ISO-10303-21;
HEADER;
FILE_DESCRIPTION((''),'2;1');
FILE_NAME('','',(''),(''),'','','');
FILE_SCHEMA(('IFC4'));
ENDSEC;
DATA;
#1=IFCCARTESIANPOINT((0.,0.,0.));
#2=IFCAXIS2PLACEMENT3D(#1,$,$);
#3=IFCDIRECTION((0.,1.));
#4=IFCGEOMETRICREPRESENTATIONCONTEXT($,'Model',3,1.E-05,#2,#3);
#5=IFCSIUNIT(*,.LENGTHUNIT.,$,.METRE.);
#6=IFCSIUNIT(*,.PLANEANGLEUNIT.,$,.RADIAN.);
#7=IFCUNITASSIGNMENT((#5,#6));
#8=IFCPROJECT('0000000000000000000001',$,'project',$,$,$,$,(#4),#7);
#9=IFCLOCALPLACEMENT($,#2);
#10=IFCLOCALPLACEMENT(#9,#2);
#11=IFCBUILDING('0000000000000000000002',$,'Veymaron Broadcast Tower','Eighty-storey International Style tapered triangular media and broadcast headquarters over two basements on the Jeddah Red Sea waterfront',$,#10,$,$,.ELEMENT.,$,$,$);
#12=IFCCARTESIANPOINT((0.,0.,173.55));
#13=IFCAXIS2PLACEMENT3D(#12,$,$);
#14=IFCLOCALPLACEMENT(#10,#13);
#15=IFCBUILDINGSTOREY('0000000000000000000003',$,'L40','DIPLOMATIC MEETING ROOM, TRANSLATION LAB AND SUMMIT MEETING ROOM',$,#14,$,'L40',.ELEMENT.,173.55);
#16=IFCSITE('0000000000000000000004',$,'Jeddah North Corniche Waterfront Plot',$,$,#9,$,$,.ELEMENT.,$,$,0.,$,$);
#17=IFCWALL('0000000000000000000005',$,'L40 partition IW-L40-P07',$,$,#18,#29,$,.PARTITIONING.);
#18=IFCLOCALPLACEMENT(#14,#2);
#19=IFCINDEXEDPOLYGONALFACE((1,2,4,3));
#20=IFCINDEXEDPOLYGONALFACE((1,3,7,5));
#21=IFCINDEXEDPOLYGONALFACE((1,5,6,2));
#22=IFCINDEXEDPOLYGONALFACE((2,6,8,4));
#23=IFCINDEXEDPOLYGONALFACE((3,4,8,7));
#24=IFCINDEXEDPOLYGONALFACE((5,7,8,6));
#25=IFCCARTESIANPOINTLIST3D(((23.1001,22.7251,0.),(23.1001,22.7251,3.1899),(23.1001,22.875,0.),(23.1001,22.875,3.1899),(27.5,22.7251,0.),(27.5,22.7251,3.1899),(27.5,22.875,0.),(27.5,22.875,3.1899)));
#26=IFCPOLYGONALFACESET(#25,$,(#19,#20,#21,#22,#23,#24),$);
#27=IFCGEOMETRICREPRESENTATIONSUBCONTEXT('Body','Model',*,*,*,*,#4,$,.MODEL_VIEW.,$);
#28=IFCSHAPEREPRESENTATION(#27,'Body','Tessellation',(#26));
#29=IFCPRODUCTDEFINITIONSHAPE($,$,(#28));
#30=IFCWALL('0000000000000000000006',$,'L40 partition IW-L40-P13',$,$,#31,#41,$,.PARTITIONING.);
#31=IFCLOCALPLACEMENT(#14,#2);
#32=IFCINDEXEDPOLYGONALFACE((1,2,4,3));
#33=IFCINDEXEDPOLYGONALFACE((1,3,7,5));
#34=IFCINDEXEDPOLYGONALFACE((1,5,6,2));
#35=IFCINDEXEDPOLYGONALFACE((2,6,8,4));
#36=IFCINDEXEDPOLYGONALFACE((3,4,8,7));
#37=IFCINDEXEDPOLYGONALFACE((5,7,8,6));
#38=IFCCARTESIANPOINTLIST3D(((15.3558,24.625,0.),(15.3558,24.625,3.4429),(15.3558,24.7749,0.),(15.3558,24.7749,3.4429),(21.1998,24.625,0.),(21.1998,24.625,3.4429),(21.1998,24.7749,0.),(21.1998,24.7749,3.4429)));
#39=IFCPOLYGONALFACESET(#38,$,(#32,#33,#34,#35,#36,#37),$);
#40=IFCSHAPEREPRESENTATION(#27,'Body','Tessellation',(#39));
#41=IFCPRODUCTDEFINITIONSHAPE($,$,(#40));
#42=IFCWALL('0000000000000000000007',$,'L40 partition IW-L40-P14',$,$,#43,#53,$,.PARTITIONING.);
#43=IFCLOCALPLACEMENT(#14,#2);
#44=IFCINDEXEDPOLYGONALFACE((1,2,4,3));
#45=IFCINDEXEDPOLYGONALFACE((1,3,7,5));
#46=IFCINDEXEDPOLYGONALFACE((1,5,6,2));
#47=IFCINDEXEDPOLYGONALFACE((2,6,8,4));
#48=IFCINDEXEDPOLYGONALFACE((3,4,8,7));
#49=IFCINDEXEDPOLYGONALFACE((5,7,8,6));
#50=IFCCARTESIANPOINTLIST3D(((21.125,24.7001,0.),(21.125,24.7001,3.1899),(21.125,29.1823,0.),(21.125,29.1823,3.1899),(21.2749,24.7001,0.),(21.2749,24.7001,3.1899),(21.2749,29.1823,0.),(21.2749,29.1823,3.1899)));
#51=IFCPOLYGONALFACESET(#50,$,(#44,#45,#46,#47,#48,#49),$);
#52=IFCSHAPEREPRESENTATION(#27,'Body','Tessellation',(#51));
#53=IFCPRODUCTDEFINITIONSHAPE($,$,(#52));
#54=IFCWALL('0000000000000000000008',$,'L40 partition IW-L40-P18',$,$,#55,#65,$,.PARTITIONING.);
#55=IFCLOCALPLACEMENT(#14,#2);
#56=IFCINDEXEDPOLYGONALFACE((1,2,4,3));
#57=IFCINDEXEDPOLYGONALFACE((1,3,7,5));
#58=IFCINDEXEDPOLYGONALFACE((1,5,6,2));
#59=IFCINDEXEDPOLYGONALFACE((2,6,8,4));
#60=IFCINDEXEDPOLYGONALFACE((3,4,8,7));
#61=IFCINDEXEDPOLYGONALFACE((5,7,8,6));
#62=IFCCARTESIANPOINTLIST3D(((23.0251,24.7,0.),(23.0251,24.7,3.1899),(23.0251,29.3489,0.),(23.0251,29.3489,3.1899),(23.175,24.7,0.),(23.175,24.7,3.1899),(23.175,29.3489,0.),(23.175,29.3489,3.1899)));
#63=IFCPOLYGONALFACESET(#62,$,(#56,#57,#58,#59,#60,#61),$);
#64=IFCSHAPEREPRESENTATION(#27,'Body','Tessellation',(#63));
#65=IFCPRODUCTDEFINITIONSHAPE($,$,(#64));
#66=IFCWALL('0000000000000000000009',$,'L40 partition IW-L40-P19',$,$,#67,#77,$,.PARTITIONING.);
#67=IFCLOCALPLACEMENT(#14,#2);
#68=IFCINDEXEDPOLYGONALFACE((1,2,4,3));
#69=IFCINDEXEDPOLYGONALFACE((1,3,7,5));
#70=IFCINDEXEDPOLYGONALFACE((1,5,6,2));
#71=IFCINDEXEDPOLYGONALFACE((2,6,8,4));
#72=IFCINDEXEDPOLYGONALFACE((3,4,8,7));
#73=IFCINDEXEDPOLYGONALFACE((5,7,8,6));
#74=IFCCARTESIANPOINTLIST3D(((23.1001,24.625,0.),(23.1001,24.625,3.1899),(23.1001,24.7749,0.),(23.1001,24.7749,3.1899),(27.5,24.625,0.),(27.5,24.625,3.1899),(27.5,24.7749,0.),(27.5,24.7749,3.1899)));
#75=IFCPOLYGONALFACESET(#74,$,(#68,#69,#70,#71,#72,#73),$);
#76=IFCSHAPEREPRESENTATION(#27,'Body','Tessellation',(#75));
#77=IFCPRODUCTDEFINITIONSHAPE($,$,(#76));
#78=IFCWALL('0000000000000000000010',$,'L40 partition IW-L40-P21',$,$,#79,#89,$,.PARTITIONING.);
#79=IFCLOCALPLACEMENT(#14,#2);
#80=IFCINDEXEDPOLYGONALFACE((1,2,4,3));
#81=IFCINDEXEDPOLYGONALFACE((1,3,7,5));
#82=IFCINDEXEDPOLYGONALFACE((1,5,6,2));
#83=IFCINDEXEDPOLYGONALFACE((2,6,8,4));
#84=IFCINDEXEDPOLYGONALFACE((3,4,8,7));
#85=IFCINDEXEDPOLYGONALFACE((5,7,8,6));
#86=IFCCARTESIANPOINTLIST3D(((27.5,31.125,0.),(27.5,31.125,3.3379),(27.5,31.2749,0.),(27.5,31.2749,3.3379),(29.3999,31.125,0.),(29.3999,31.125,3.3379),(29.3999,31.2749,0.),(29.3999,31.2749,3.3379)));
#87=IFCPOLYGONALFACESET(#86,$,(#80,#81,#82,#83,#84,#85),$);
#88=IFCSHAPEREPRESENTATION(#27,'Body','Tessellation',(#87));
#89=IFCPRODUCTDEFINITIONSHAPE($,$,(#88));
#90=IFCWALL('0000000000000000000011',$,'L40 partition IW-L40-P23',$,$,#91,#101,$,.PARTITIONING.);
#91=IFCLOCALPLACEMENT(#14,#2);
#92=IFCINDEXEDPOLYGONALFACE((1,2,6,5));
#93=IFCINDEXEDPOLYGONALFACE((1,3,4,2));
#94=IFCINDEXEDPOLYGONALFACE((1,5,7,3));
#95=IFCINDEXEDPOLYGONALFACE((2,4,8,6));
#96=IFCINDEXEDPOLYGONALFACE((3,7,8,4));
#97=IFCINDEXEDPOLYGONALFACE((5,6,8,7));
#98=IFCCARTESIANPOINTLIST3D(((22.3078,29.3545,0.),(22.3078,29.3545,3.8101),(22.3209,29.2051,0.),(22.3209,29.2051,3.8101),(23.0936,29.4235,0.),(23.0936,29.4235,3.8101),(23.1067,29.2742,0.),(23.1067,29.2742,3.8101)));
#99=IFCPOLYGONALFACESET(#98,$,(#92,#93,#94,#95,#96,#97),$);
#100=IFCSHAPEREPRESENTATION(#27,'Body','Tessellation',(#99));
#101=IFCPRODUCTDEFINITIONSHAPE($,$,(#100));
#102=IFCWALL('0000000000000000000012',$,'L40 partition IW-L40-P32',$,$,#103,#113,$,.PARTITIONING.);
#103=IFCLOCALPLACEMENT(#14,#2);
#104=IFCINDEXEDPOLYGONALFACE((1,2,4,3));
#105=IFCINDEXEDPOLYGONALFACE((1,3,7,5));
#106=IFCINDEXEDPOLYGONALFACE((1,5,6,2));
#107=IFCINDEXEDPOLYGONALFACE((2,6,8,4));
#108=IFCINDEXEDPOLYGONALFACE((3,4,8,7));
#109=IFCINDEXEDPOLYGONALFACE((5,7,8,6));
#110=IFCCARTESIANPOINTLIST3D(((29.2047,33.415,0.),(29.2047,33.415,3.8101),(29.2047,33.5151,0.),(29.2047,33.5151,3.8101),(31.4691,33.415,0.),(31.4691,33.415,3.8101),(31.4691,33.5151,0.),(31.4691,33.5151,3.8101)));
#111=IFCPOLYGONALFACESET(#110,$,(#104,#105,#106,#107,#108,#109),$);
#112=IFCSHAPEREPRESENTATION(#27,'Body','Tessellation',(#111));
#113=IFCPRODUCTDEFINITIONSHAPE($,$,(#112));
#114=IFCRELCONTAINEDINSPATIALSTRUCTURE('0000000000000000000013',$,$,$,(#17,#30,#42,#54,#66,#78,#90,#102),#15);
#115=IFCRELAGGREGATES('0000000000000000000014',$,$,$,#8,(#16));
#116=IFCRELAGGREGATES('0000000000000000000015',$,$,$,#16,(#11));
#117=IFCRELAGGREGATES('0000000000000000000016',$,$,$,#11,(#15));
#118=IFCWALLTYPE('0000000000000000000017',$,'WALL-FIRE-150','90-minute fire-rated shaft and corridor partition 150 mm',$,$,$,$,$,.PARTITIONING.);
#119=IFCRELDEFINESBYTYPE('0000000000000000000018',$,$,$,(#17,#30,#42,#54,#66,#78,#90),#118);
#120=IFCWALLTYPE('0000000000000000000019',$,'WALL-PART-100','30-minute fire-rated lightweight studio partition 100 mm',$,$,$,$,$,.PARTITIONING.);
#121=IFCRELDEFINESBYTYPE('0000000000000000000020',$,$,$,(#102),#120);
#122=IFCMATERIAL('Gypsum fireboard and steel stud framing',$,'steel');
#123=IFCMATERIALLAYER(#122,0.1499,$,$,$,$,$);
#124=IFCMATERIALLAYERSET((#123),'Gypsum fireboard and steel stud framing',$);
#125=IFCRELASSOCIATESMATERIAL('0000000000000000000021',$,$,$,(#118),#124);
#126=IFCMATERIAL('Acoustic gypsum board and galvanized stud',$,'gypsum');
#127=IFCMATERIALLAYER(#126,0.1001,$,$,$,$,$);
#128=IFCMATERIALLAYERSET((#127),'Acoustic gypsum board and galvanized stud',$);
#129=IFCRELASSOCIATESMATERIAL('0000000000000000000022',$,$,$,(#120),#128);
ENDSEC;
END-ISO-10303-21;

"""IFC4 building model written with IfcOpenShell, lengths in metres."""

from ifc_helpers import new_model, si_unit, direction, frame, frame_2d, origin, place, context, subcontext, project, spatial, rectangle, extrude, material, layer, layer_set, type_object, element, save


model = new_model("IFC4")

# Units and contexts
model_context = context("Model", 3, precision=1e-05, world=origin(), true_north=direction((0.0, 1.0)))
body_context = subcontext(model_context, "Body", "Model", "MODEL_VIEW")
ifc_project = project(units=[si_unit("LENGTHUNIT", "METRE"), si_unit("PLANEANGLEUNIT", "RADIAN")], contexts=[model_context])

# Site, building, storey
site_placement = place(None, origin())
site = spatial("IfcSite", under=ifc_project, at=site_placement, Name="Jeddah North Corniche Waterfront Plot", CompositionType="ELEMENT", RefElevation=0.0)
building_placement = place(site_placement, origin())
building = spatial("IfcBuilding", under=site, at=building_placement, Name="Veymaron Broadcast Tower", Description="Eighty-storey International Style tapered triangular media and broadcast headquarters over two basements on the Jeddah Red Sea waterfront", CompositionType="ELEMENT")
storey_placement = place(building_placement, frame((0.0, 0.0, 173.55)))
storey = spatial("IfcBuildingStorey", under=building, at=storey_placement, Name="L40", Description="DIPLOMATIC MEETING ROOM, TRANSLATION LAB AND SUMMIT MEETING ROOM", LongName="L40", CompositionType="ELEMENT", Elevation=173.55)

# Shared definitions
ifc_material_1 = material(Name="Gypsum fireboard and steel stud framing", Category="steel")
ifc_layer_1 = layer(ifc_material_1, 0.1499)
ifc_layer_set_1 = layer_set([ifc_layer_1], Name="Gypsum fireboard and steel stud framing")
wall_type_1 = type_object("IfcWallType", Name="WALL-FIRE-150", Description="90-minute fire-rated shaft and corridor partition 150 mm", PredefinedType="PARTITIONING", material=ifc_layer_set_1)

# Walls
wall_1_placement = place(storey_placement, frame((23.1001, 22.8, 0.0), z_axis=(0.0, 0.0, 1.0), x_axis=(1.0, 0.0, 0.0)))
element("IfcWall", 1, at=wall_1_placement, inside=storey, type_object=wall_type_1, Name="L40 partition IW-L40-P07", PredefinedType="PARTITIONING", context=body_context, shape_type="SweptSolid", body=[
    extrude(rectangle(XDim=4.3999, YDim=0.1499, at=frame_2d((2.2, 0.0))), origin(), (0.0, 0.0, 1.0), 3.1899),
])
wall_2_placement = place(storey_placement, frame((15.356, 24.7, 0.0), z_axis=(0.0, 0.0, 1.0), x_axis=(1.0, 0.0, 0.0)))
element("IfcWall", 2, at=wall_2_placement, inside=storey, type_object=wall_type_1, Name="L40 partition IW-L40-P13", PredefinedType="PARTITIONING", context=body_context, shape_type="SweptSolid", body=[
    extrude(rectangle(XDim=5.844, YDim=0.1499, at=frame_2d((2.9219, 0.0))), origin(), (0.0, 0.0, 1.0), 3.4429),
])
wall_3_placement = place(storey_placement, frame((21.2, 24.7, 0.0), z_axis=(0.0, 0.0, 1.0), x_axis=(0.0, 1.0, 0.0)))
element("IfcWall", 3, at=wall_3_placement, inside=storey, type_object=wall_type_1, Name="L40 partition IW-L40-P14", PredefinedType="PARTITIONING", context=body_context, shape_type="SweptSolid", body=[
    extrude(rectangle(XDim=4.4822, YDim=0.1499, at=frame_2d((2.2412, 0.0))), origin(), (0.0, 0.0, 1.0), 3.1899),
])
wall_4_placement = place(storey_placement, frame((23.1001, 24.7, 0.0), z_axis=(0.0, 0.0, 1.0), x_axis=(0.0, 1.0, 0.0)))
element("IfcWall", 4, at=wall_4_placement, inside=storey, type_object=wall_type_1, Name="L40 partition IW-L40-P18", PredefinedType="PARTITIONING", context=body_context, shape_type="SweptSolid", body=[
    extrude(rectangle(XDim=4.6489, YDim=0.1499, at=frame_2d((2.3245, 0.0))), origin(), (0.0, 0.0, 1.0), 3.1899),
])
wall_5_placement = place(storey_placement, frame((23.1001, 24.7, 0.0), z_axis=(0.0, 0.0, 1.0), x_axis=(1.0, 0.0, 0.0)))
element("IfcWall", 5, at=wall_5_placement, inside=storey, type_object=wall_type_1, Name="L40 partition IW-L40-P19", PredefinedType="PARTITIONING", context=body_context, shape_type="SweptSolid", body=[
    extrude(rectangle(XDim=4.3999, YDim=0.1499, at=frame_2d((2.2, 0.0))), origin(), (0.0, 0.0, 1.0), 3.1899),
])
wall_6_placement = place(storey_placement, frame((27.5, 31.2, 0.0), z_axis=(0.0, 0.0, 1.0), x_axis=(1.0, 0.0, 0.0)))
element("IfcWall", 6, at=wall_6_placement, inside=storey, type_object=wall_type_1, Name="L40 partition IW-L40-P21", PredefinedType="PARTITIONING", context=body_context, shape_type="SweptSolid", body=[
    extrude(rectangle(XDim=1.8999, YDim=0.1499, at=frame_2d((0.95, 0.0))), origin(), (0.0, 0.0, 1.0), 3.3379),
])
wall_7_placement = place(storey_placement, frame((22.3142, 29.2798, 0.0), z_axis=(0.0, 0.0, 1.0), x_axis=(0.996158, 0.087578, 0.0)))
element("IfcWall", 7, at=wall_7_placement, inside=storey, type_object=wall_type_1, Name="L40 partition IW-L40-P23", PredefinedType="PARTITIONING", context=body_context, shape_type="SweptSolid", body=[
    extrude(rectangle(XDim=0.7888, YDim=0.1499, at=frame_2d((0.3945, 0.0))), origin(), (0.0, 0.0, 1.0), 3.8101),
])
ifc_material_2 = material(Name="Acoustic gypsum board and galvanized stud", Category="gypsum")
ifc_layer_2 = layer(ifc_material_2, 0.1001)
ifc_layer_set_2 = layer_set([ifc_layer_2], Name="Acoustic gypsum board and galvanized stud")
wall_type_2 = type_object("IfcWallType", Name="WALL-PART-100", Description="30-minute fire-rated lightweight studio partition 100 mm", PredefinedType="PARTITIONING", material=ifc_layer_set_2)
wall_8_placement = place(storey_placement, frame((29.2046, 33.4651, 0.0), z_axis=(0.0, 0.0, 1.0), x_axis=(1.0, 0.0, 0.0)))
element("IfcWall", 8, at=wall_8_placement, inside=storey, type_object=wall_type_2, Name="L40 partition IW-L40-P32", PredefinedType="PARTITIONING", context=body_context, shape_type="SweptSolid", body=[
    extrude(rectangle(XDim=2.2644, YDim=0.1001, at=frame_2d((1.1323, 0.0))), origin(), (0.0, 0.0, 1.0), 3.8101),
])

save(model, "model.ifc")
